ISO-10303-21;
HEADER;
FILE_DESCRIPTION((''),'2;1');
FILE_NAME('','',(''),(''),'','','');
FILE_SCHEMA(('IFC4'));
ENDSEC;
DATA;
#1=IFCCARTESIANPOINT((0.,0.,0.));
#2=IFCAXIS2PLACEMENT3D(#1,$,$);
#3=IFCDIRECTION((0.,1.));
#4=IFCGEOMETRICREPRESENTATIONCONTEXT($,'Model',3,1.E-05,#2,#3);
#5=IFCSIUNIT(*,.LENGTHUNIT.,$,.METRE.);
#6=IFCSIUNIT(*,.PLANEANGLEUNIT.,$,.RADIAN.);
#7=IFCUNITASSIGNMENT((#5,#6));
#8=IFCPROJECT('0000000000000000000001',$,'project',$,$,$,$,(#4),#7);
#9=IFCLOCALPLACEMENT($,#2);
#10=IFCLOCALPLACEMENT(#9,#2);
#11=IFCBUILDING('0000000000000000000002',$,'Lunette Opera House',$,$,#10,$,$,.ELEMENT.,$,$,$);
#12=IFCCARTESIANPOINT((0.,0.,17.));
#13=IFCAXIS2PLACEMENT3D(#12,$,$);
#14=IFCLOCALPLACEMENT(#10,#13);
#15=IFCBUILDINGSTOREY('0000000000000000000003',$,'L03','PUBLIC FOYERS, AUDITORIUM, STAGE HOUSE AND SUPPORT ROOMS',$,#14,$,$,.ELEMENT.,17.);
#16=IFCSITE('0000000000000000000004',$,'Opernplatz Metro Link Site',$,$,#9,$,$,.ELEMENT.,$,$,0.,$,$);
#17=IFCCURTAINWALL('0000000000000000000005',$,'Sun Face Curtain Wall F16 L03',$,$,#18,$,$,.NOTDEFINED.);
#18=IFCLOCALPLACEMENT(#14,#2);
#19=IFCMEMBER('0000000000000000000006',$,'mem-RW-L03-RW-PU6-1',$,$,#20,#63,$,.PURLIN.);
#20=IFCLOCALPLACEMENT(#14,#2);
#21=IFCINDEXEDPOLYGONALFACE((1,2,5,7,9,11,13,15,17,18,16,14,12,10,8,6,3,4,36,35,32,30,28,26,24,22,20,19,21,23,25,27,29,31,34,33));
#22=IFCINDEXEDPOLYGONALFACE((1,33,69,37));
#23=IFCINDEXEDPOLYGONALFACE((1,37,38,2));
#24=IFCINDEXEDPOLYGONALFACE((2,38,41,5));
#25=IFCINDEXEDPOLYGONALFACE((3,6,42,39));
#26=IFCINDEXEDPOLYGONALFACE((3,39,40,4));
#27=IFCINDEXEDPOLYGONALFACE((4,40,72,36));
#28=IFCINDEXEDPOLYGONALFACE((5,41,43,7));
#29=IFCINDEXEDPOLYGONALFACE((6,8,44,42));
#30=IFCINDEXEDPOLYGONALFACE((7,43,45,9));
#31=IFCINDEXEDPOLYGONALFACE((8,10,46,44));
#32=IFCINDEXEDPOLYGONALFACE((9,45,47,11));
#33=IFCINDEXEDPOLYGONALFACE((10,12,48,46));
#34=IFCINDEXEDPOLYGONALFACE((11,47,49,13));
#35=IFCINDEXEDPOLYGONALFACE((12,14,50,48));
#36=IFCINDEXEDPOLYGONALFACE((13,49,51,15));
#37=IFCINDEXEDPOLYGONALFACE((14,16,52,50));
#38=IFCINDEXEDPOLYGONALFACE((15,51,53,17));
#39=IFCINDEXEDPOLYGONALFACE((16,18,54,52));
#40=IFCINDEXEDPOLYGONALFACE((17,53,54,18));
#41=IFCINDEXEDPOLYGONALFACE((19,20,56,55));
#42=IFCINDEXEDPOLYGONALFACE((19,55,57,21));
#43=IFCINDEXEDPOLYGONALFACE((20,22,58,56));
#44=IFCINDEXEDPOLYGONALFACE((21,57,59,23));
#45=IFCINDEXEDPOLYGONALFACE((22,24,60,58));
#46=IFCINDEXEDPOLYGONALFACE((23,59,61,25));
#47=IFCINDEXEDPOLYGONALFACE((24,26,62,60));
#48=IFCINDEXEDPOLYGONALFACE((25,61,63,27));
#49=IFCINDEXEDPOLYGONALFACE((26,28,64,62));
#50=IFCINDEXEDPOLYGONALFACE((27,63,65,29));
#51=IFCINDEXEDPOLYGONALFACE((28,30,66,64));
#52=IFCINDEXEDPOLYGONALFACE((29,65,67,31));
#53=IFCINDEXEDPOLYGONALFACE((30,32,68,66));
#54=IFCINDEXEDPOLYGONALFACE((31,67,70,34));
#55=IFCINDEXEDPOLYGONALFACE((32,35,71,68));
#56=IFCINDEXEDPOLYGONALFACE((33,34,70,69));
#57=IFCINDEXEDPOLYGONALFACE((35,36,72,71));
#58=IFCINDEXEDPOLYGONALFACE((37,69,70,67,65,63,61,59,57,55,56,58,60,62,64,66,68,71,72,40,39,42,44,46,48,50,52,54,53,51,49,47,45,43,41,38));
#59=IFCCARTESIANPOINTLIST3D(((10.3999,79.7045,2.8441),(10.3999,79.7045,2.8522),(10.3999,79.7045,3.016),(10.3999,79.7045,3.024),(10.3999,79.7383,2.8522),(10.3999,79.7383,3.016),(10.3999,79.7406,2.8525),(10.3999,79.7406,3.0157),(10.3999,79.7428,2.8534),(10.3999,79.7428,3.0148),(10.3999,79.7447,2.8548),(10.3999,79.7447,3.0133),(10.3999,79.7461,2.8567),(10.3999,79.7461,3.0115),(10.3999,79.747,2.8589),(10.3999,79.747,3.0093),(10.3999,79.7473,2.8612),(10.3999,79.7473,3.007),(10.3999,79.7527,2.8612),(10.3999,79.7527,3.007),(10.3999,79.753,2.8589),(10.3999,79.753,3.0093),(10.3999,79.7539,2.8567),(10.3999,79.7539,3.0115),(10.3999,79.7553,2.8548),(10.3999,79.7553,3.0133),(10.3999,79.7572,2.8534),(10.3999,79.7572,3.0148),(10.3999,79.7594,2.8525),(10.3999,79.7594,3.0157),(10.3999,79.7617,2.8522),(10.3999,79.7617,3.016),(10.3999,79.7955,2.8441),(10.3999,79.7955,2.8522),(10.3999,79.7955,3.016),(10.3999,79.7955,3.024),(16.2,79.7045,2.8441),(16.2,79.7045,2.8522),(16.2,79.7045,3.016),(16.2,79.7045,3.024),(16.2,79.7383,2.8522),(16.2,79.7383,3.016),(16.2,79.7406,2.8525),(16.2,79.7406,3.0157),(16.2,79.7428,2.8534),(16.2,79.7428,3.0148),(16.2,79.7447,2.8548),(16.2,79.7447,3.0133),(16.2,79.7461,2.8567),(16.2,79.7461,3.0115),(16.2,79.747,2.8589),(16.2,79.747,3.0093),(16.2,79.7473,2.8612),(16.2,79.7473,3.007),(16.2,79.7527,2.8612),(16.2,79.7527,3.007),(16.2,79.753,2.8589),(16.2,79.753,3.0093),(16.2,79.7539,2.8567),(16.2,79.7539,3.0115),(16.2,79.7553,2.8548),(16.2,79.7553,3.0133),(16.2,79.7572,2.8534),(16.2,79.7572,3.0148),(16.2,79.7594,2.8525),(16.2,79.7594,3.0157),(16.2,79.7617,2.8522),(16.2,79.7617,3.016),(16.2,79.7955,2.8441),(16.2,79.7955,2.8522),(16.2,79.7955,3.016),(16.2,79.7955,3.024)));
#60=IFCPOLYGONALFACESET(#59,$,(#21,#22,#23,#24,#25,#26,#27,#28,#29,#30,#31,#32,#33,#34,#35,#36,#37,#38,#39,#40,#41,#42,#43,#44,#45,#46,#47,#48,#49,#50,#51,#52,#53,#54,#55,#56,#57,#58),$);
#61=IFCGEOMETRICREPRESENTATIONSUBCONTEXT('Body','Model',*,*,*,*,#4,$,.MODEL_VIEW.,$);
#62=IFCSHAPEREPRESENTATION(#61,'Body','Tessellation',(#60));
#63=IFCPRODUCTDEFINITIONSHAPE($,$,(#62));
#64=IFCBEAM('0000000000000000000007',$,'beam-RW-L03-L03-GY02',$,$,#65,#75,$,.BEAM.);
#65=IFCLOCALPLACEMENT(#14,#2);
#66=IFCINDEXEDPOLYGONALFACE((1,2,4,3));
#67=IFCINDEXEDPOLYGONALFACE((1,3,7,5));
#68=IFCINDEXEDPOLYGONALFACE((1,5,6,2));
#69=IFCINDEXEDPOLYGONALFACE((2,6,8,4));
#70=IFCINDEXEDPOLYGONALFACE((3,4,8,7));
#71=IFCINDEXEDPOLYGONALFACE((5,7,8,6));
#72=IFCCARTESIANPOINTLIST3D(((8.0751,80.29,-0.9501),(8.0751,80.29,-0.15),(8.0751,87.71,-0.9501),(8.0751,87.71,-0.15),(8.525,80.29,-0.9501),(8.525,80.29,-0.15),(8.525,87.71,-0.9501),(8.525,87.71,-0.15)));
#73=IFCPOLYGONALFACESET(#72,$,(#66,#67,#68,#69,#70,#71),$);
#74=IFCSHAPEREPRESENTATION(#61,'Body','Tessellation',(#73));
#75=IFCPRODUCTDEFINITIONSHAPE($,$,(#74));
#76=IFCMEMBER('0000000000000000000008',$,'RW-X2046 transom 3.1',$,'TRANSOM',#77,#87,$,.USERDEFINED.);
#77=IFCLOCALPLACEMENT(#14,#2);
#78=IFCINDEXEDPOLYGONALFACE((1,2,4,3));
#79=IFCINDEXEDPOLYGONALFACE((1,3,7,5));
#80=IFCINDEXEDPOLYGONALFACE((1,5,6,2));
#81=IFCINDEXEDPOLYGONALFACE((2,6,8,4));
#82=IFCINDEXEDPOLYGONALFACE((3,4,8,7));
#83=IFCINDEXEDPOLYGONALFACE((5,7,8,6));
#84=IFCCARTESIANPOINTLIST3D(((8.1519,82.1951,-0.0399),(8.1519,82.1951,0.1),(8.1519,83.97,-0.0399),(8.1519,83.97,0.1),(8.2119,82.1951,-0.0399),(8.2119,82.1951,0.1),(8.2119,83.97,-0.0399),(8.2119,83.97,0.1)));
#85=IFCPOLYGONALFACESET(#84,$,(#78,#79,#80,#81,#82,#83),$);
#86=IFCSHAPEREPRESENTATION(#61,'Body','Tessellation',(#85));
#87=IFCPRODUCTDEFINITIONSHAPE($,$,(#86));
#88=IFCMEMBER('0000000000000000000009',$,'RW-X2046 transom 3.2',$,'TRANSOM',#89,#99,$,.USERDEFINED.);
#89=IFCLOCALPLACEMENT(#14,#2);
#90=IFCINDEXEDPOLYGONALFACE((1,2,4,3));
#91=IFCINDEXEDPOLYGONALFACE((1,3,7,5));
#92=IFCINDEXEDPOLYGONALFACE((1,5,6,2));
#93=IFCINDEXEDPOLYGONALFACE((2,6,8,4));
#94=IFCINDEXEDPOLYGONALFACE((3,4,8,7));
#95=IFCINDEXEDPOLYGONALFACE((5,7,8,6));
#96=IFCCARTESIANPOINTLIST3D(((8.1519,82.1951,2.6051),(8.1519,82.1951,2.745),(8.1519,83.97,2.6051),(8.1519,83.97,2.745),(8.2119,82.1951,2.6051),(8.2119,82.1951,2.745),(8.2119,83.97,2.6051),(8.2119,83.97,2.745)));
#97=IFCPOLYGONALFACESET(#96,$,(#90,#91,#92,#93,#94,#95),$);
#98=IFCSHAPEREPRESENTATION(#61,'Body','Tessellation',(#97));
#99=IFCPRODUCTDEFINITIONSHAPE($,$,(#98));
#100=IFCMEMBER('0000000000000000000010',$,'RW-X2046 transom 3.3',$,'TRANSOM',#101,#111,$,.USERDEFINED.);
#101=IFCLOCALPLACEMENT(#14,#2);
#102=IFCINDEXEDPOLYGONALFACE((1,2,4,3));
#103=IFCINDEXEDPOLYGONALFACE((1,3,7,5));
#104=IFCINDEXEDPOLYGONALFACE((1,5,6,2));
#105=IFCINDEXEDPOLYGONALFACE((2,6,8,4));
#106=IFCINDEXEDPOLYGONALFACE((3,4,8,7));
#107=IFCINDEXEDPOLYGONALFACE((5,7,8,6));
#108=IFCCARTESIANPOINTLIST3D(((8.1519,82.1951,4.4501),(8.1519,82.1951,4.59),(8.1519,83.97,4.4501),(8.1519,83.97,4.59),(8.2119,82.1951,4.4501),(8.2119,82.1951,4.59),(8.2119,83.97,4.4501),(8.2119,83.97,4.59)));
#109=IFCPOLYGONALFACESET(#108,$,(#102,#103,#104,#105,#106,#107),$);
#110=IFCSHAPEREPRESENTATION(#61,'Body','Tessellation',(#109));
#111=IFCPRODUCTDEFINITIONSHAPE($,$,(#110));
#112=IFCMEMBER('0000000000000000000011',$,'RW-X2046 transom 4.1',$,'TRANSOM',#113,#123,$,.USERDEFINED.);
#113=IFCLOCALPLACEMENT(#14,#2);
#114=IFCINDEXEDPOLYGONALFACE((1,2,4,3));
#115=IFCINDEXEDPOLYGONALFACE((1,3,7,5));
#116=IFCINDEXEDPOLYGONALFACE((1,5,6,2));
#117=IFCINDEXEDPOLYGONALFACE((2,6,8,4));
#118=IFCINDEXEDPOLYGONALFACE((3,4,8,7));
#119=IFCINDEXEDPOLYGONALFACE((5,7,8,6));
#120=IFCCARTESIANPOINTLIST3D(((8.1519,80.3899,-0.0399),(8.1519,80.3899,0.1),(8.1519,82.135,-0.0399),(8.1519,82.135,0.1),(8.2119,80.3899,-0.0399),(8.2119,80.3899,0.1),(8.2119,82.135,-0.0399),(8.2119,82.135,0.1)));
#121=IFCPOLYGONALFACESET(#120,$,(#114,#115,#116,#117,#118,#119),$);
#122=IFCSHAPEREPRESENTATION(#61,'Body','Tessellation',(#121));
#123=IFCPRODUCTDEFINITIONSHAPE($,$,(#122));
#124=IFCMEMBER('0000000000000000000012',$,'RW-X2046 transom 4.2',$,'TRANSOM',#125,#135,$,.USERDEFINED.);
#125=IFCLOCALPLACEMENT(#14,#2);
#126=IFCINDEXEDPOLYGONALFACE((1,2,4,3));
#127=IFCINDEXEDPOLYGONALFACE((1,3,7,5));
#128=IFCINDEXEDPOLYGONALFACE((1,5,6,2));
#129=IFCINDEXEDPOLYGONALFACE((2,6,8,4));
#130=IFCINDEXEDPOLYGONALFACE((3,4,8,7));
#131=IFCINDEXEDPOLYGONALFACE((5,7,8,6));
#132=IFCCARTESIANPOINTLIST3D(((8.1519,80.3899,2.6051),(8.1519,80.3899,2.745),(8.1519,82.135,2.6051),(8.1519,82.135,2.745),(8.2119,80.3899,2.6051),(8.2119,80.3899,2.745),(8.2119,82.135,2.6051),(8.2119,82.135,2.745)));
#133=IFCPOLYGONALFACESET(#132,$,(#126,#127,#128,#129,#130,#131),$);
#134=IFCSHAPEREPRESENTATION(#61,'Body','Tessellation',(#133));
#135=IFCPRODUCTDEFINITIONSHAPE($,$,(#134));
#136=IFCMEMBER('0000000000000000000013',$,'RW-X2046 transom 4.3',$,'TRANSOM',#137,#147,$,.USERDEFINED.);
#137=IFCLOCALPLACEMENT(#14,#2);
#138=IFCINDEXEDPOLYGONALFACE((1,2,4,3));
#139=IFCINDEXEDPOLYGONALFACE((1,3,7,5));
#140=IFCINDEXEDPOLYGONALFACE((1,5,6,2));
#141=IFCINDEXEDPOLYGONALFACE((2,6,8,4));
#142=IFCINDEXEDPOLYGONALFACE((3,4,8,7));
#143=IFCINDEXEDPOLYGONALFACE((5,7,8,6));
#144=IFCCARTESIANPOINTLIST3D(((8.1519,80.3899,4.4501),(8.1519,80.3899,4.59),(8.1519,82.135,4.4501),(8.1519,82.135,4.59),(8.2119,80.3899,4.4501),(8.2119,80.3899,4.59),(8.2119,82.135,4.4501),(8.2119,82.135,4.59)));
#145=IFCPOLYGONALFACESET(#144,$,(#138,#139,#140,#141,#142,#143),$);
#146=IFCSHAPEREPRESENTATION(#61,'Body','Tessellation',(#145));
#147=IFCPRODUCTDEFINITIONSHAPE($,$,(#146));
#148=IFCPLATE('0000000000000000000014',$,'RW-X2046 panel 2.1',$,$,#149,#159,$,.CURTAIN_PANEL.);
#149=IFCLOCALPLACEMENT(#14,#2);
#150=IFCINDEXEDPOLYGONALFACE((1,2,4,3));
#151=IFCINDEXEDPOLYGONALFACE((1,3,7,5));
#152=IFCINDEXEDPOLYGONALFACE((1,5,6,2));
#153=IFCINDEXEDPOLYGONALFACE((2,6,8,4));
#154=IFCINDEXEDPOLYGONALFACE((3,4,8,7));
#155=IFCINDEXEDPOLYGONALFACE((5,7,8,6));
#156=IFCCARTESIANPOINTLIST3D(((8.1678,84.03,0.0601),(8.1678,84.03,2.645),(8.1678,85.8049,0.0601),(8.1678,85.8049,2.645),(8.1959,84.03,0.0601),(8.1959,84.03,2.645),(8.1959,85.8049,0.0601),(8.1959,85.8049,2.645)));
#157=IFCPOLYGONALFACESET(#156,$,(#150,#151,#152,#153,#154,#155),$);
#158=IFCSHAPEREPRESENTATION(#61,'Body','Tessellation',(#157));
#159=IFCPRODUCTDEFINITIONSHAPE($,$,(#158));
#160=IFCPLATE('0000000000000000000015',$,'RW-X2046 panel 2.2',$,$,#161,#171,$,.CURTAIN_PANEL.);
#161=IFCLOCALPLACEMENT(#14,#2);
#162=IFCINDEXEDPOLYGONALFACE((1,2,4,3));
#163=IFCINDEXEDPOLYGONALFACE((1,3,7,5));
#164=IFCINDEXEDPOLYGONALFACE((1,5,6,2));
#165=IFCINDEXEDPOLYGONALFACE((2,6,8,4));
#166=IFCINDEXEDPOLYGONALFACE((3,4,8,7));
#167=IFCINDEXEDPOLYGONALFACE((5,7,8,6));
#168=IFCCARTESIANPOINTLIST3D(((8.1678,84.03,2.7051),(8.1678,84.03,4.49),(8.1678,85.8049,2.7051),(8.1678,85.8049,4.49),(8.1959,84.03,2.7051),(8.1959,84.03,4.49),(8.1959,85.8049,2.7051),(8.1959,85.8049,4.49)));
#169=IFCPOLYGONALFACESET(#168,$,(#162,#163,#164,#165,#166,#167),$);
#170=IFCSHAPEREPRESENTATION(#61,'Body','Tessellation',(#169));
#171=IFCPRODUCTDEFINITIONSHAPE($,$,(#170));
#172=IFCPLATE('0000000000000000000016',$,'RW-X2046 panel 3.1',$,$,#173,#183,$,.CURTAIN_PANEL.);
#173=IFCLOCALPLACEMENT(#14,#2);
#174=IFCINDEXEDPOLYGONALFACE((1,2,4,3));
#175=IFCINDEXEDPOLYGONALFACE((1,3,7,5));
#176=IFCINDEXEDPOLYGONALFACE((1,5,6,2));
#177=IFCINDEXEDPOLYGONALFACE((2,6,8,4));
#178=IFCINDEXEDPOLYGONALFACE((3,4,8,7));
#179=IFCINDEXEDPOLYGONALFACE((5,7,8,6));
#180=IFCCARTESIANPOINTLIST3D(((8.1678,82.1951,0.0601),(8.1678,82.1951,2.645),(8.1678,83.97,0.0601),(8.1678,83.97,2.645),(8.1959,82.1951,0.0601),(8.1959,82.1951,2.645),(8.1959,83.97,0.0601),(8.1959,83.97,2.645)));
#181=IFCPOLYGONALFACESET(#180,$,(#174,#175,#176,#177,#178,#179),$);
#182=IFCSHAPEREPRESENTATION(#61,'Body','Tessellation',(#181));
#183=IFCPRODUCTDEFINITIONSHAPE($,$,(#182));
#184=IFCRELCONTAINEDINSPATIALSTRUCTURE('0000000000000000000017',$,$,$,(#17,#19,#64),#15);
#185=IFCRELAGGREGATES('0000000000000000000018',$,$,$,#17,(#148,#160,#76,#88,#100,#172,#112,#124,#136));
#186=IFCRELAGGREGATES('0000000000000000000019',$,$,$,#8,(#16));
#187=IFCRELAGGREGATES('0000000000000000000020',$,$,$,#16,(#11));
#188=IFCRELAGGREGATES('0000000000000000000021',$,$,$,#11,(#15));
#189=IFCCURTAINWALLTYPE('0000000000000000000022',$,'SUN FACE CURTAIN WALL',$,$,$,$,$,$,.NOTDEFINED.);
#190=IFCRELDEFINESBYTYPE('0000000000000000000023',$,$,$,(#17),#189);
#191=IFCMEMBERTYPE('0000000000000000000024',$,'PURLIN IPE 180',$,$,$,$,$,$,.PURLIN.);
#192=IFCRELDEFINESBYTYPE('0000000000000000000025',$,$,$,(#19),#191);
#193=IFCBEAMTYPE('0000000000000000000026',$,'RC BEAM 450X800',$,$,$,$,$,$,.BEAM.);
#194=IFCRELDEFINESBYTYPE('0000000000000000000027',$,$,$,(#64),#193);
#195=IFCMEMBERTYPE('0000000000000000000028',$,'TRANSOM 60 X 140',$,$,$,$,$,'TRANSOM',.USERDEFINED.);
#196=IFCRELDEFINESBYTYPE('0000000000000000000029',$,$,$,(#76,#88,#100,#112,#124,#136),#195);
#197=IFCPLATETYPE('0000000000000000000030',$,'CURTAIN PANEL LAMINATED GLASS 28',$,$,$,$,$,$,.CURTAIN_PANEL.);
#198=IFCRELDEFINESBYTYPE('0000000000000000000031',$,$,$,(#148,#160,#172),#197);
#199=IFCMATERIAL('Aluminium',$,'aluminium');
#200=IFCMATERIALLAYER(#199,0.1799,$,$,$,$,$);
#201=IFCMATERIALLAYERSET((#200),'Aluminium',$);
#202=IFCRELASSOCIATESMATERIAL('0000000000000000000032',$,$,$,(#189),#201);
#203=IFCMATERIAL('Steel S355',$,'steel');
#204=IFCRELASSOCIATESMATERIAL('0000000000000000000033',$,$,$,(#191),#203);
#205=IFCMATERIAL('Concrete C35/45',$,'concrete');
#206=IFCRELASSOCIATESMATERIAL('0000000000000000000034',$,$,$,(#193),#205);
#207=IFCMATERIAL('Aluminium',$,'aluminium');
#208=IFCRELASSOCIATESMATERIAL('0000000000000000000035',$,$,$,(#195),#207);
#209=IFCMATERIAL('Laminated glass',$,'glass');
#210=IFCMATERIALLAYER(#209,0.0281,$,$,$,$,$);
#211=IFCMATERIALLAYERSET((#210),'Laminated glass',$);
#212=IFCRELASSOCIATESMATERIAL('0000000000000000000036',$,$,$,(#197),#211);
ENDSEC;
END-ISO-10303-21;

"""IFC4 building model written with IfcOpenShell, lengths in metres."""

from ifc_helpers import new_model, si_unit, direction, frame, origin, origin_2d, place, context, subcontext, project, spatial, rectangle, i_section, extrude, material, layer, layer_set, material_profile, profile_set, type_object, element, aggregate, save


model = new_model("IFC4")

# Units and contexts
model_context = context("Model", 3, precision=1e-05, world=origin(), true_north=direction((0.0, 1.0)))
body_context = subcontext(model_context, "Body", "Model", "MODEL_VIEW")
ifc_project = project(units=[si_unit("LENGTHUNIT", "METRE"), si_unit("PLANEANGLEUNIT", "RADIAN")], contexts=[model_context])

# Site, building, storey
site_placement = place(None, origin())
site = spatial("IfcSite", under=ifc_project, at=site_placement, Name="Opernplatz Metro Link Site", CompositionType="ELEMENT", RefElevation=0.0)
building_placement = place(site_placement, origin())
building = spatial("IfcBuilding", under=site, at=building_placement, Name="Lunette Opera House", CompositionType="ELEMENT")
storey_placement = place(building_placement, frame((0.0, 0.0, 17.0)))
storey = spatial("IfcBuildingStorey", under=building, at=storey_placement, Name="L03", Description="PUBLIC FOYERS, AUDITORIUM, STAGE HOUSE AND SUPPORT ROOMS", CompositionType="ELEMENT", Elevation=17.0)

# Curtain wall
ifc_material_1 = material(Name="Aluminium", Category="aluminium")
ifc_layer_1 = layer(ifc_material_1, 0.1799)
ifc_layer_set_1 = layer_set([ifc_layer_1], Name="Aluminium")
curtain_wall_type = type_object("IfcCurtainWallType", Name="SUN FACE CURTAIN WALL", PredefinedType="NOTDEFINED", material=ifc_layer_set_1)
curtain_wall_placement = place(storey_placement, origin())
curtain_wall = element("IfcCurtainWall", 1, at=curtain_wall_placement, inside=storey, type_object=curtain_wall_type, Name="Sun Face Curtain Wall F16 L03", PredefinedType="NOTDEFINED")

# Member
ifc_material_2 = material(Name="Steel S355", Category="steel")
ifc_material_profile_1 = material_profile(ifc_material_2, i_section(OverallWidth=0.0911, OverallDepth=0.1799, WebThickness=0.0054, FlangeThickness=0.0081, FilletRadius=0.009, at=origin_2d()), Name="IPE 180")
ifc_profile_set_1 = profile_set([ifc_material_profile_1], Name="Steel S355")
member_type_1 = type_object("IfcMemberType", Name="PURLIN IPE 180", PredefinedType="PURLIN", material=ifc_profile_set_1)
member_1_placement = place(storey_placement, frame((10.3999, 79.75, 2.9341), z_axis=(1.0, 0.0, 0.0), x_axis=(0.0, 1.0, 0.0)))
element("IfcMember", 2, at=member_1_placement, inside=storey, type_object=member_type_1, Name="mem-RW-L03-RW-PU6-1", PredefinedType="PURLIN", context=body_context, shape_type="SweptSolid", body=[
    extrude(i_section(OverallWidth=0.0911, OverallDepth=0.1799, WebThickness=0.0054, FlangeThickness=0.0081, FilletRadius=0.009, at=origin_2d()), origin(), (0.0, 0.0, 1.0), 5.8),
])

# Beam
ifc_material_3 = material(Name="Concrete C35/45", Category="concrete")
ifc_material_profile_2 = material_profile(ifc_material_3, rectangle(XDim=0.45, YDim=0.8, at=origin_2d()), Name="RC BEAM 450X800")
ifc_profile_set_2 = profile_set([ifc_material_profile_2], Name="Concrete C35/45")
beam_type = type_object("IfcBeamType", Name="RC BEAM 450X800", PredefinedType="BEAM", material=ifc_profile_set_2)
beam_placement = place(storey_placement, frame((8.3, 80.29, -0.55), z_axis=(0.0, 1.0, 0.0), x_axis=(-1.0, 0.0, 0.0)))
element("IfcBeam", 3, at=beam_placement, inside=storey, type_object=beam_type, Name="beam-RW-L03-L03-GY02", PredefinedType="BEAM", context=body_context, shape_type="SweptSolid", body=[
    extrude(rectangle(XDim=0.45, YDim=0.8, at=origin_2d()), origin(), (0.0, 0.0, 1.0), 7.4199),
])

# Members
ifc_material_4 = material(Name="Aluminium", Category="aluminium")
ifc_material_profile_3 = material_profile(ifc_material_4, rectangle(XDim=0.0601, YDim=0.1399, at=origin_2d()), Name="TRANSOM 60 X 140")
ifc_profile_set_3 = profile_set([ifc_material_profile_3], Name="Aluminium")
member_type_2 = type_object("IfcMemberType", Name="TRANSOM 60 X 140", ElementType="TRANSOM", PredefinedType="USERDEFINED", material=ifc_profile_set_3)
member_2_placement = place(storey_placement, frame((8.1819, 83.97, 0.03), z_axis=(0.0, -1.0, 0.0), x_axis=(1.0, 0.0, 0.0)))
member_2 = element("IfcMember", 4, at=member_2_placement, type_object=member_type_2, Name="RW-X2046 transom 3.1", ObjectType="TRANSOM", PredefinedType="USERDEFINED", context=body_context, shape_type="SweptSolid", body=[
    extrude(rectangle(XDim=0.0601, YDim=0.1399, at=origin_2d()), origin(), (0.0, 0.0, 1.0), 1.7749),
])
member_3_placement = place(storey_placement, frame((8.1819, 83.97, 2.675), z_axis=(0.0, -1.0, 0.0), x_axis=(1.0, 0.0, 0.0)))
member_3 = element("IfcMember", 5, at=member_3_placement, type_object=member_type_2, Name="RW-X2046 transom 3.2", ObjectType="TRANSOM", PredefinedType="USERDEFINED", context=body_context, shape_type="SweptSolid", body=[
    extrude(rectangle(XDim=0.0601, YDim=0.1399, at=origin_2d()), origin(), (0.0, 0.0, 1.0), 1.7749),
])
member_4_placement = place(storey_placement, frame((8.1819, 83.97, 4.52), z_axis=(0.0, -1.0, 0.0), x_axis=(1.0, 0.0, 0.0)))
member_4 = element("IfcMember", 6, at=member_4_placement, type_object=member_type_2, Name="RW-X2046 transom 3.3", ObjectType="TRANSOM", PredefinedType="USERDEFINED", context=body_context, shape_type="SweptSolid", body=[
    extrude(rectangle(XDim=0.0601, YDim=0.1399, at=origin_2d()), origin(), (0.0, 0.0, 1.0), 1.7749),
])
member_5_placement = place(storey_placement, frame((8.1819, 82.135, 0.03), z_axis=(0.0, -1.0, 0.0), x_axis=(1.0, 0.0, 0.0)))
member_5 = element("IfcMember", 7, at=member_5_placement, type_object=member_type_2, Name="RW-X2046 transom 4.1", ObjectType="TRANSOM", PredefinedType="USERDEFINED", context=body_context, shape_type="SweptSolid", body=[
    extrude(rectangle(XDim=0.0601, YDim=0.1399, at=origin_2d()), origin(), (0.0, 0.0, 1.0), 1.7451),
])
member_6_placement = place(storey_placement, frame((8.1819, 82.135, 2.675), z_axis=(0.0, -1.0, 0.0), x_axis=(1.0, 0.0, 0.0)))
member_6 = element("IfcMember", 8, at=member_6_placement, type_object=member_type_2, Name="RW-X2046 transom 4.2", ObjectType="TRANSOM", PredefinedType="USERDEFINED", context=body_context, shape_type="SweptSolid", body=[
    extrude(rectangle(XDim=0.0601, YDim=0.1399, at=origin_2d()), origin(), (0.0, 0.0, 1.0), 1.7451),
])
member_7_placement = place(storey_placement, frame((8.1819, 82.135, 4.52), z_axis=(0.0, -1.0, 0.0), x_axis=(1.0, 0.0, 0.0)))
member_7 = element("IfcMember", 9, at=member_7_placement, type_object=member_type_2, Name="RW-X2046 transom 4.3", ObjectType="TRANSOM", PredefinedType="USERDEFINED", context=body_context, shape_type="SweptSolid", body=[
    extrude(rectangle(XDim=0.0601, YDim=0.1399, at=origin_2d()), origin(), (0.0, 0.0, 1.0), 1.7451),
])

# Plates
ifc_material_5 = material(Name="Laminated glass", Category="glass")
ifc_layer_2 = layer(ifc_material_5, 0.0281)
ifc_layer_set_2 = layer_set([ifc_layer_2], Name="Laminated glass")
plate_type = type_object("IfcPlateType", Name="CURTAIN PANEL LAMINATED GLASS 28", PredefinedType="CURTAIN_PANEL", material=ifc_layer_set_2)
plate_1_placement = place(storey_placement, frame((8.1819, 84.9175, 0.0601), z_axis=(0.0, 0.0, 1.0), x_axis=(0.0, -1.0, 0.0)))
plate_1 = element("IfcPlate", 10, at=plate_1_placement, type_object=plate_type, Name="RW-X2046 panel 2.1", PredefinedType="CURTAIN_PANEL", context=body_context, shape_type="SweptSolid", body=[
    extrude(rectangle(XDim=1.7749, YDim=0.0281, at=origin_2d()), origin(), (0.0, 0.0, 1.0), 2.585),
])
plate_2_placement = place(storey_placement, frame((8.1819, 84.9175, 2.7051), z_axis=(0.0, 0.0, 1.0), x_axis=(0.0, -1.0, 0.0)))
plate_2 = element("IfcPlate", 11, at=plate_2_placement, type_object=plate_type, Name="RW-X2046 panel 2.2", PredefinedType="CURTAIN_PANEL", context=body_context, shape_type="SweptSolid", body=[
    extrude(rectangle(XDim=1.7749, YDim=0.0281, at=origin_2d()), origin(), (0.0, 0.0, 1.0), 1.7849),
])
plate_3_placement = place(storey_placement, frame((8.1819, 83.0825, 0.0601), z_axis=(0.0, 0.0, 1.0), x_axis=(0.0, -1.0, 0.0)))
plate_3 = element("IfcPlate", 12, at=plate_3_placement, type_object=plate_type, Name="RW-X2046 panel 3.1", PredefinedType="CURTAIN_PANEL", context=body_context, shape_type="SweptSolid", body=[
    extrude(rectangle(XDim=1.7749, YDim=0.0281, at=origin_2d()), origin(), (0.0, 0.0, 1.0), 2.585),
])
aggregate(curtain_wall, [plate_1, plate_2, member_2, member_3, member_4, plate_3, member_5, member_6, member_7])

save(model, "model.ifc")
